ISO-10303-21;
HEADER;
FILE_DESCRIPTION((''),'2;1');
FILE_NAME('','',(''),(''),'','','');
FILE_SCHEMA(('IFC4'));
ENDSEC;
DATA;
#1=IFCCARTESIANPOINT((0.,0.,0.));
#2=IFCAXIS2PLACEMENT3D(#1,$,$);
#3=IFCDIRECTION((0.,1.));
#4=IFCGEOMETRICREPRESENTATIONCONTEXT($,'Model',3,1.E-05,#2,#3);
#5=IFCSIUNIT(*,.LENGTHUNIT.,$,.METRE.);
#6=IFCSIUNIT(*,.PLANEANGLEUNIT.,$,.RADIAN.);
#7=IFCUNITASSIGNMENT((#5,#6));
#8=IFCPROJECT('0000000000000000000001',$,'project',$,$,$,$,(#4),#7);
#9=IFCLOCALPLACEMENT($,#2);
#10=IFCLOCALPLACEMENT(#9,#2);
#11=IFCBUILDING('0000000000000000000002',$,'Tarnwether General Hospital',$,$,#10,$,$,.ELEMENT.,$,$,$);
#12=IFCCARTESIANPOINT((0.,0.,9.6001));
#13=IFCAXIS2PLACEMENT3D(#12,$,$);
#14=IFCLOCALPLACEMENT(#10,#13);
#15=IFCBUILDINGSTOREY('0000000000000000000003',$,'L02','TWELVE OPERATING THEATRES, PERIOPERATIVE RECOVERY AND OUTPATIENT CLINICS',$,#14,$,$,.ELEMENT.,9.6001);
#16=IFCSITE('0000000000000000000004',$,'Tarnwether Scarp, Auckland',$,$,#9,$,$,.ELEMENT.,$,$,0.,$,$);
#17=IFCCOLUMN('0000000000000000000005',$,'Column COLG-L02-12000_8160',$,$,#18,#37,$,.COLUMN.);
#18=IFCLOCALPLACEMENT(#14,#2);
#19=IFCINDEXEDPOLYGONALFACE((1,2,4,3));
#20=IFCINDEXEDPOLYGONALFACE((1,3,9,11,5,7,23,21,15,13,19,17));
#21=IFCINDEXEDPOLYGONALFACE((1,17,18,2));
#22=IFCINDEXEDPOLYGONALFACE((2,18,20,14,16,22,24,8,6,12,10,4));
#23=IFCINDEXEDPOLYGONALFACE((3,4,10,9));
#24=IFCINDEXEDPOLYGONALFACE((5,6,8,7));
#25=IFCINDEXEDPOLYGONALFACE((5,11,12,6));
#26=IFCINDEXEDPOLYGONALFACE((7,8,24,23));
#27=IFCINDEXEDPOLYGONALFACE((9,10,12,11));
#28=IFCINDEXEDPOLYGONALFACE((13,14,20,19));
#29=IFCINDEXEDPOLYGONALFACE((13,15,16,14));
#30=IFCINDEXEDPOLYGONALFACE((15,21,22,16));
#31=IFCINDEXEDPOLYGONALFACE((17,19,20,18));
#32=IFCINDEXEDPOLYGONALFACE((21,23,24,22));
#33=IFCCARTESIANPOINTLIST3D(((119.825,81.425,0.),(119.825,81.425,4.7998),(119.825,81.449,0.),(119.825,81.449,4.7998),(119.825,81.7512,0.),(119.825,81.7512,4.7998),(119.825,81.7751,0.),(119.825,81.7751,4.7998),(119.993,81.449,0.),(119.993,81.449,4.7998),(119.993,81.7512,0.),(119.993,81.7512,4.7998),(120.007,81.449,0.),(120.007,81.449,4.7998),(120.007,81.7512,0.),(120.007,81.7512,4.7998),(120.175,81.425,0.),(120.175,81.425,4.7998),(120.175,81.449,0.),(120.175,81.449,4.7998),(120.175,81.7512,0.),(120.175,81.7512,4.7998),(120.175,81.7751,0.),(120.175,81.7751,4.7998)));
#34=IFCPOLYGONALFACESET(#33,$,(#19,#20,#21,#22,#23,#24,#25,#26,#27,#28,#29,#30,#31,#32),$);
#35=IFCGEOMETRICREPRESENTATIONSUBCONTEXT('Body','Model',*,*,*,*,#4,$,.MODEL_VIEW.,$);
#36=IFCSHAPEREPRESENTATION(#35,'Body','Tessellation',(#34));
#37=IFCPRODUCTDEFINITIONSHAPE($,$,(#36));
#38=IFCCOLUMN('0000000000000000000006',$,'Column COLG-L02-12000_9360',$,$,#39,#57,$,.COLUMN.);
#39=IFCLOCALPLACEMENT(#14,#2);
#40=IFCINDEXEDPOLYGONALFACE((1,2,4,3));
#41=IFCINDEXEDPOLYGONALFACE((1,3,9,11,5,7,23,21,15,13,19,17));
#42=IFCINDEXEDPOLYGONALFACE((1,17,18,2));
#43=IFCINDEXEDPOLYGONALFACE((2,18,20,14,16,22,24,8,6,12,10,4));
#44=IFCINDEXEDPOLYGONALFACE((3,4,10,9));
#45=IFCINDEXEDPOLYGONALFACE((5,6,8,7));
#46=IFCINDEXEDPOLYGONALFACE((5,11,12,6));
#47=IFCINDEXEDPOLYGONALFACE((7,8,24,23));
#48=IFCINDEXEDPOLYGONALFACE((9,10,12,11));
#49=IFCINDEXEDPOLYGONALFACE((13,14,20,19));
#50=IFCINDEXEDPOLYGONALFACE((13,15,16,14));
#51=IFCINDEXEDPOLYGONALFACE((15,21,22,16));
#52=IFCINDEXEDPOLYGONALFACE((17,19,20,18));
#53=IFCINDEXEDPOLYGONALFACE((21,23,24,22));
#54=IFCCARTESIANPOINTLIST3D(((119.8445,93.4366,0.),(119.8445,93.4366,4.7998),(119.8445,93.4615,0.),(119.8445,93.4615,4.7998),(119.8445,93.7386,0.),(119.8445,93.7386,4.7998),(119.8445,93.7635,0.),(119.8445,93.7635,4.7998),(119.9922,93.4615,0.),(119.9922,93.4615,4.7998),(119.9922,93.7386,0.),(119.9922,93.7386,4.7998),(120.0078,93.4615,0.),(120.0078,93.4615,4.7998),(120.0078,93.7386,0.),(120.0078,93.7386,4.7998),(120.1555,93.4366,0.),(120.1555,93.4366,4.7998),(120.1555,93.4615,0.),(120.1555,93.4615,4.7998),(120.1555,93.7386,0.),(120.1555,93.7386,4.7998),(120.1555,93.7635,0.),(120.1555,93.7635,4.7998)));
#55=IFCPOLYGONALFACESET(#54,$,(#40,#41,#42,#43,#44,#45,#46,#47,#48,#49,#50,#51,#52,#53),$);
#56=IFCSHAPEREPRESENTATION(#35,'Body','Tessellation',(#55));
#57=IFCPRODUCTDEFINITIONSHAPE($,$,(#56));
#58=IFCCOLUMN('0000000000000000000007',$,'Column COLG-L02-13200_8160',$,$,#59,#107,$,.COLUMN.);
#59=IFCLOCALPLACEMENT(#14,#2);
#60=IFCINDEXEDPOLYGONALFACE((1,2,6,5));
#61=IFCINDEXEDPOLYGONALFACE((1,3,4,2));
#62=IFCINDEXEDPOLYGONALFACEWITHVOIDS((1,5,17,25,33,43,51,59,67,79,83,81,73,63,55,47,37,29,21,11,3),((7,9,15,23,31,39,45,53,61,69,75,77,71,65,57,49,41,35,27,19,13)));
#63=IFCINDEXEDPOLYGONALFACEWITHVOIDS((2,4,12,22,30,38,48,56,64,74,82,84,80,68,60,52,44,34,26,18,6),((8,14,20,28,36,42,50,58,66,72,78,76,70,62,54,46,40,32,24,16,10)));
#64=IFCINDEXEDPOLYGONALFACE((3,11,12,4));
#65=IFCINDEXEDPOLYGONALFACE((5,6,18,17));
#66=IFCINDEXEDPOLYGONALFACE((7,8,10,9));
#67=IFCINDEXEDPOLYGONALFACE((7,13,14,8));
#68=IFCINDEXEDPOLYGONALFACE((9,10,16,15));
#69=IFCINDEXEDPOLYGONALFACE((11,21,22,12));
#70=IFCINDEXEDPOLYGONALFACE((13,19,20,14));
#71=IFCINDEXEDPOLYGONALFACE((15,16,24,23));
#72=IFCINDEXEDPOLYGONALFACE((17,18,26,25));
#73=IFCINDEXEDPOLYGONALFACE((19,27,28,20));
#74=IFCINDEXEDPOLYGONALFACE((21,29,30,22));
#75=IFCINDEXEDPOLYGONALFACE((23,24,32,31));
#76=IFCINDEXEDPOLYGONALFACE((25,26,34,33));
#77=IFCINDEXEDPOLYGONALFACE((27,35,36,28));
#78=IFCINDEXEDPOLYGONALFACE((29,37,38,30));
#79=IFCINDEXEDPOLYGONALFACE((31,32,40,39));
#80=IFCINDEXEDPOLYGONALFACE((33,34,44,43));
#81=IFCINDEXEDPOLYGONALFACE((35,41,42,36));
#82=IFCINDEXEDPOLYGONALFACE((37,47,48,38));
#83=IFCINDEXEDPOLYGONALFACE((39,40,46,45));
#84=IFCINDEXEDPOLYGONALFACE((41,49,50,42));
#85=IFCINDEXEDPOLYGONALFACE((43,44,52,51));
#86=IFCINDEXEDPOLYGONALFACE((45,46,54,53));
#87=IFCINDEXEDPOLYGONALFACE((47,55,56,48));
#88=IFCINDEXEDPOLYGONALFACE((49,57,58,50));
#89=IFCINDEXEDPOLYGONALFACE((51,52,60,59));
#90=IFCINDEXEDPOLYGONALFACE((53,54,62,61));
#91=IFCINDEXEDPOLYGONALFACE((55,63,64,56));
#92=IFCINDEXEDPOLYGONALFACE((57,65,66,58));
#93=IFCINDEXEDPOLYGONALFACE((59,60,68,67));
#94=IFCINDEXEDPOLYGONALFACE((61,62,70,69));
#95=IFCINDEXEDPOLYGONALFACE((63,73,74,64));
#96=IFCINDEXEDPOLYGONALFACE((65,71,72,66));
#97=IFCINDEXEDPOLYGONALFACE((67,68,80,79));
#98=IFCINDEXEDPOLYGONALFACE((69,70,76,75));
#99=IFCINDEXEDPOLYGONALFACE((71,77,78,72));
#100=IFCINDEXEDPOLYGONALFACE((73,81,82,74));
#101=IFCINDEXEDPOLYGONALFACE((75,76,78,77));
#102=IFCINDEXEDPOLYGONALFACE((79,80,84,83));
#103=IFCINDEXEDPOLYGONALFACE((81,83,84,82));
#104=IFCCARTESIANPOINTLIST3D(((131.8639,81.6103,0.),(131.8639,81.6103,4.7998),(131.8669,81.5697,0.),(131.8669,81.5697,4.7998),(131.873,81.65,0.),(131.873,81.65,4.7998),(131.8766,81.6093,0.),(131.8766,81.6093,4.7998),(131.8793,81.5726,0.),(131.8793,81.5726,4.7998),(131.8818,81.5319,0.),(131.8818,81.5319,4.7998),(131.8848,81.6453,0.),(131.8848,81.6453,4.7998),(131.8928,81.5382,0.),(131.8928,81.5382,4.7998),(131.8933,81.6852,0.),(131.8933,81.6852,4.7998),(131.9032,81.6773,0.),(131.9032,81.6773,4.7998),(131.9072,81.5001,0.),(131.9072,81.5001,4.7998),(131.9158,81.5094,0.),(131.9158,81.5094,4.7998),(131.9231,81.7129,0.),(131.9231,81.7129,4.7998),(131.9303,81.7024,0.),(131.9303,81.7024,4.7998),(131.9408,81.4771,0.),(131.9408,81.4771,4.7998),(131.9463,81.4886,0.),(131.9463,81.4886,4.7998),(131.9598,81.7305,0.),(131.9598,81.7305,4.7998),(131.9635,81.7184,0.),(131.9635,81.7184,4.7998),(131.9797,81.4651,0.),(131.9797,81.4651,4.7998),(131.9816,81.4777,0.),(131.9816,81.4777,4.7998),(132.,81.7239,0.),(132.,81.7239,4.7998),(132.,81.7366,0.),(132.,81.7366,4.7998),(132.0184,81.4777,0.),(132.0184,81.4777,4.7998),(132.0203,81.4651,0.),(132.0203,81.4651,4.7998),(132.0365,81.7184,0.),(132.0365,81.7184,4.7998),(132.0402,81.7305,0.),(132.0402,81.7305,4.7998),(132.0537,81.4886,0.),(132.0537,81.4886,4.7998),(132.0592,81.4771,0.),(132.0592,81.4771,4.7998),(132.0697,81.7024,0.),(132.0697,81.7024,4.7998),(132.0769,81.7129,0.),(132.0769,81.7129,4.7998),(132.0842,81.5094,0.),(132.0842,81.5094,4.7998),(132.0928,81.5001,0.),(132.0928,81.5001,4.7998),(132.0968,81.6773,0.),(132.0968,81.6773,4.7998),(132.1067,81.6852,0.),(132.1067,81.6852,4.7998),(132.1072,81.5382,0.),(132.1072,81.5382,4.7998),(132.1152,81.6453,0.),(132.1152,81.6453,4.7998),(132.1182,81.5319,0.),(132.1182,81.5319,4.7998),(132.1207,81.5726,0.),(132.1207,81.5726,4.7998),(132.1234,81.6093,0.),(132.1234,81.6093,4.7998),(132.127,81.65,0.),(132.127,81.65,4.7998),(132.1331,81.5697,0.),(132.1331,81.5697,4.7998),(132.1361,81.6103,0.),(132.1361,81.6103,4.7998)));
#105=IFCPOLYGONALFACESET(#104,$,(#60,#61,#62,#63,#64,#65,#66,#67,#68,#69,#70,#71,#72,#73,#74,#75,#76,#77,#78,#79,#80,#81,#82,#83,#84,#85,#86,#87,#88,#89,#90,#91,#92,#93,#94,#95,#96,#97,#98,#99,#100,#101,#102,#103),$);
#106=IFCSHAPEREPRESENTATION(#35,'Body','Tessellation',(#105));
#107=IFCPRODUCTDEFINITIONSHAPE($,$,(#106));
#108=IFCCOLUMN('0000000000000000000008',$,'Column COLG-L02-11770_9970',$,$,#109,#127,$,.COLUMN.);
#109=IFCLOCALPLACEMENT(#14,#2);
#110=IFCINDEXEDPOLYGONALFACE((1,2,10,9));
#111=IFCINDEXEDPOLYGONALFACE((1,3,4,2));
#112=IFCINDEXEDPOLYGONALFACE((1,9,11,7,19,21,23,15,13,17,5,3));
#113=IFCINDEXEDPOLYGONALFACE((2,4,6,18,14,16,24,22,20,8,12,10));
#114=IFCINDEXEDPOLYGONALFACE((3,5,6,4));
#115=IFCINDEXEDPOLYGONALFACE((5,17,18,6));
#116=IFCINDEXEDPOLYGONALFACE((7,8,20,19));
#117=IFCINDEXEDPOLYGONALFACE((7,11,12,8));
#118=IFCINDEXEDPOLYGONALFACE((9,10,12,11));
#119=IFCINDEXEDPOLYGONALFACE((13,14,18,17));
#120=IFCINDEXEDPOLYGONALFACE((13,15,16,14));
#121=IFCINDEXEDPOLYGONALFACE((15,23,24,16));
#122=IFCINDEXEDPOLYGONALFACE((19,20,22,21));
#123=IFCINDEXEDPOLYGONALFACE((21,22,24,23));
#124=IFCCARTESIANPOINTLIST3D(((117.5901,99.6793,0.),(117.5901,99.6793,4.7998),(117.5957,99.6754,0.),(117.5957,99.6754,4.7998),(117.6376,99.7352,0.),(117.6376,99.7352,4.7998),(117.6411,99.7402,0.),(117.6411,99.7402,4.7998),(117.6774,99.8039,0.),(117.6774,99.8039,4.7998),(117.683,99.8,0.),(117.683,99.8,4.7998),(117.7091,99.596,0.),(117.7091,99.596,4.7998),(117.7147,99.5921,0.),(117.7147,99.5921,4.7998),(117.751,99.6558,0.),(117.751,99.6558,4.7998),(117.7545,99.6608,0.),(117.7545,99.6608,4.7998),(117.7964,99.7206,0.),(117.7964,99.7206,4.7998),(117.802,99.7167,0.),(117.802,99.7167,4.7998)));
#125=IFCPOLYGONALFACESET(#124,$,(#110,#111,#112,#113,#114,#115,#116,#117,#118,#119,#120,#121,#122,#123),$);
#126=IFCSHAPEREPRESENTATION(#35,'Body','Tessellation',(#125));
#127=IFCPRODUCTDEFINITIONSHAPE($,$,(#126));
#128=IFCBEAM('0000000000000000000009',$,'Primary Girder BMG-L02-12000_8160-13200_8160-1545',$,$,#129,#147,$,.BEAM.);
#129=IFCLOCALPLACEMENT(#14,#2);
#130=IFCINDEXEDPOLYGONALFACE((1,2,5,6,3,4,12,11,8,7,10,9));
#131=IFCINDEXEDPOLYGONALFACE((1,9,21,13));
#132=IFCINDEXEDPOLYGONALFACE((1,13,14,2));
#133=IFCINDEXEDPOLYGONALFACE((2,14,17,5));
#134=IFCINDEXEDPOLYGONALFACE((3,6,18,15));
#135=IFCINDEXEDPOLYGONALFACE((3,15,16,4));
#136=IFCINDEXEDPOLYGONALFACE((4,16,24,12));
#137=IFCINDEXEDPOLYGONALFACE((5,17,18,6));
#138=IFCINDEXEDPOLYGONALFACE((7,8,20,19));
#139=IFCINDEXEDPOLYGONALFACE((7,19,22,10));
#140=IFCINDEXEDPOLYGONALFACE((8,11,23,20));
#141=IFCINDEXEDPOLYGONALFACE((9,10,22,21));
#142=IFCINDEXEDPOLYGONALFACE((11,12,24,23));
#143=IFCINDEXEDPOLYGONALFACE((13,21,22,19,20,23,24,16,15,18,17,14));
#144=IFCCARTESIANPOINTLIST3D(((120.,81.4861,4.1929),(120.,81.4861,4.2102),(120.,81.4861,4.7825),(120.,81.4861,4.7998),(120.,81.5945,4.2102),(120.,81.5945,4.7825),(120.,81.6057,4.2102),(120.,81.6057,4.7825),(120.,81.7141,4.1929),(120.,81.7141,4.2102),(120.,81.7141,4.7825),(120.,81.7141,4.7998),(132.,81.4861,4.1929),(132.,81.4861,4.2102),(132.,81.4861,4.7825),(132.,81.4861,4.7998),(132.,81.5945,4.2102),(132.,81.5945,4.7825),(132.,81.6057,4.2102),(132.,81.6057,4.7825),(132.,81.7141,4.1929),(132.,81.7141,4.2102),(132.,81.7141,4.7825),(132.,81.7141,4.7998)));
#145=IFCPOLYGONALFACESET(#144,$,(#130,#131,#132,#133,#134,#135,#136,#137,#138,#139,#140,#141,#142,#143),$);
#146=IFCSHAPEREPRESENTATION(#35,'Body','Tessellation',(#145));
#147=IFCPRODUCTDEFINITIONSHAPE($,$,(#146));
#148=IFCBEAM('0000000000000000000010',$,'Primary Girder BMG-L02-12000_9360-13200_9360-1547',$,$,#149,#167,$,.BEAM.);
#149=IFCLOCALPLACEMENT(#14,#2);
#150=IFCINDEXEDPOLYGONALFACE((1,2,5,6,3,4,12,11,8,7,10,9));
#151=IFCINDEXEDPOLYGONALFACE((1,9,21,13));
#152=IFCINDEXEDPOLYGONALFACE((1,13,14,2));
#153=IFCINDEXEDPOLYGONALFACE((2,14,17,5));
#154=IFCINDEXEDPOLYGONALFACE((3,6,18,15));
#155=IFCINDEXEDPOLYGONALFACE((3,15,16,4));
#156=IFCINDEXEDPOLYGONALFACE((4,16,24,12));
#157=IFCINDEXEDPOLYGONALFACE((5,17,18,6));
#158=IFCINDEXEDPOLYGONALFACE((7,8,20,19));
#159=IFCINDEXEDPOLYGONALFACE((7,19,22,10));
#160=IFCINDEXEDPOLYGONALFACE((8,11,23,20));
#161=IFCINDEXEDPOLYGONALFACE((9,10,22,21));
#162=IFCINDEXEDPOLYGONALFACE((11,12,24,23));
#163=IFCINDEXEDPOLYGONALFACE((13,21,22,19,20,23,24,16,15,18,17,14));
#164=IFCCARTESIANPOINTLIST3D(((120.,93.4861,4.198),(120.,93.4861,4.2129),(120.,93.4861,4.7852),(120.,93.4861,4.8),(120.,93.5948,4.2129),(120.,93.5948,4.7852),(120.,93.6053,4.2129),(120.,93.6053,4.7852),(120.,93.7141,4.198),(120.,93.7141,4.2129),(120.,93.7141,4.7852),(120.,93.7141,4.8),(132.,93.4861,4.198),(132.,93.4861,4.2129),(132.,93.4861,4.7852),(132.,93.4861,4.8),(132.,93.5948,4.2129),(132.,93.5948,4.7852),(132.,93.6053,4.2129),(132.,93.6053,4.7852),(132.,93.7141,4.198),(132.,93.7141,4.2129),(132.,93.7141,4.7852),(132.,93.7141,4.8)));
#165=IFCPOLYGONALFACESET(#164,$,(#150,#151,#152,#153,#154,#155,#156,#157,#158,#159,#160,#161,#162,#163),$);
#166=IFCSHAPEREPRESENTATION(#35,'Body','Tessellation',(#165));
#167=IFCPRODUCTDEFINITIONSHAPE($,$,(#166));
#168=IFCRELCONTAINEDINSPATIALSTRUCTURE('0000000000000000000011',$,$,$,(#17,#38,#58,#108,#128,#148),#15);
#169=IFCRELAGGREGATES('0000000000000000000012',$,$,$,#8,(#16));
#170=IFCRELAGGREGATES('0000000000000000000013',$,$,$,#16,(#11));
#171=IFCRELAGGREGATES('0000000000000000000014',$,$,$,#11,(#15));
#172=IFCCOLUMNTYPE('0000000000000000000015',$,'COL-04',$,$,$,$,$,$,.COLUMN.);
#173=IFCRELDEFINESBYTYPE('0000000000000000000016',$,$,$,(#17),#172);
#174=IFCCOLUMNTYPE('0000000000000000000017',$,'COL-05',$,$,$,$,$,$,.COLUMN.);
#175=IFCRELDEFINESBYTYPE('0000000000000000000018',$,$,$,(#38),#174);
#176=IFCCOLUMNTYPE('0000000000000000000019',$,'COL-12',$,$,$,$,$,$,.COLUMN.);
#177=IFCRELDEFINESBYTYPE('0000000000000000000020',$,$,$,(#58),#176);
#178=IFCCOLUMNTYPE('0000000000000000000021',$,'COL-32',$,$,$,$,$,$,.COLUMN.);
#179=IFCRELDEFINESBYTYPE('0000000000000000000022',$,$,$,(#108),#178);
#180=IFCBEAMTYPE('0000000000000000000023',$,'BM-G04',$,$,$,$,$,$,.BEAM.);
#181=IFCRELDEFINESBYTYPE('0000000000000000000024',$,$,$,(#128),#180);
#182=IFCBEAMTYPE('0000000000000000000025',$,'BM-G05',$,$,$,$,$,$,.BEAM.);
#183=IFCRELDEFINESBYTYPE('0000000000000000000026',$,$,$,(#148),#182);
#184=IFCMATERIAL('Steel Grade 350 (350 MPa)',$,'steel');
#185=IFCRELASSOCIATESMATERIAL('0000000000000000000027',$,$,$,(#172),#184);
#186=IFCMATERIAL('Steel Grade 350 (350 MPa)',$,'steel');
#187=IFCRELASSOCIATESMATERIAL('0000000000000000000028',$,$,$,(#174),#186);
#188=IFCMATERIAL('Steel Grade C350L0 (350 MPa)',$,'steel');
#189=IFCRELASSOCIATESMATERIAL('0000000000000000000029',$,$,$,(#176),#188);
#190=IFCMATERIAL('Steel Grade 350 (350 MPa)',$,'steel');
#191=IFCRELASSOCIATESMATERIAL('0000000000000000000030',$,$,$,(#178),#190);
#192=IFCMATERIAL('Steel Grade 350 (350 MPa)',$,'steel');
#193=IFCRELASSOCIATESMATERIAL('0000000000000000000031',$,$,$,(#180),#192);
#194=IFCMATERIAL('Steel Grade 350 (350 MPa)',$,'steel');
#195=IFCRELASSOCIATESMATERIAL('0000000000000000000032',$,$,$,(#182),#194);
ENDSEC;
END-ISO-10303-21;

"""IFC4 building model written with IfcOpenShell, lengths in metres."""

from ifc_helpers import new_model, si_unit, direction, frame, origin, origin_2d, place, context, subcontext, project, spatial, hollow_circle, i_section, extrude, material, material_profile, profile_set, type_object, element, save


model = new_model("IFC4")

# Units and contexts
model_context = context("Model", 3, precision=1e-05, world=origin(), true_north=direction((0.0, 1.0)))
body_context = subcontext(model_context, "Body", "Model", "MODEL_VIEW")
ifc_project = project(units=[si_unit("LENGTHUNIT", "METRE"), si_unit("PLANEANGLEUNIT", "RADIAN")], contexts=[model_context])

# Site, building, storey
site_placement = place(None, origin())
site = spatial("IfcSite", under=ifc_project, at=site_placement, Name="Tarnwether Scarp, Auckland", CompositionType="ELEMENT", RefElevation=0.0)
building_placement = place(site_placement, origin())
building = spatial("IfcBuilding", under=site, at=building_placement, Name="Tarnwether General Hospital", CompositionType="ELEMENT")
storey_placement = place(building_placement, frame((0.0, 0.0, 9.6001)))
storey = spatial("IfcBuildingStorey", under=building, at=storey_placement, Name="L02", Description="TWELVE OPERATING THEATRES, PERIOPERATIVE RECOVERY AND OUTPATIENT CLINICS", CompositionType="ELEMENT", Elevation=9.6001)

# Columns
ifc_material_1 = material(Name="Steel Grade 350 (350 MPa)", Category="steel")
ifc_material_profile_1 = material_profile(ifc_material_1, i_section(OverallWidth=0.3501, OverallDepth=0.3501, WebThickness=0.0139, FlangeThickness=0.0239, at=origin_2d()), Name="350WC197")
ifc_profile_set_1 = profile_set([ifc_material_profile_1], Name="Steel Grade 350 (350 MPa)")
column_type_1 = type_object("IfcColumnType", Name="COL-04", PredefinedType="COLUMN", material=ifc_profile_set_1)
column_1_placement = place(storey_placement, frame((120.0, 81.6001, 0.0), z_axis=(0.0, 0.0, 1.0), x_axis=(1.0, 0.0, 0.0)))
element("IfcColumn", 1, at=column_1_placement, inside=storey, type_object=column_type_1, Name="Column COLG-L02-12000_8160", PredefinedType="COLUMN", context=body_context, shape_type="SweptSolid", body=[
    extrude(i_section(OverallWidth=0.3501, OverallDepth=0.3501, WebThickness=0.0139, FlangeThickness=0.0239, at=origin_2d()), origin(), (0.0, 0.0, 1.0), 4.7998),
])
ifc_material_2 = material(Name="Steel Grade 350 (350 MPa)", Category="steel")
ifc_material_profile_2 = material_profile(ifc_material_2, i_section(OverallWidth=0.311, OverallDepth=0.3269, WebThickness=0.0156, FlangeThickness=0.0249, at=origin_2d()), Name="310UC158")
ifc_profile_set_2 = profile_set([ifc_material_profile_2], Name="Steel Grade 350 (350 MPa)")
column_type_2 = type_object("IfcColumnType", Name="COL-05", PredefinedType="COLUMN", material=ifc_profile_set_2)
column_2_placement = place(storey_placement, frame((120.0, 93.6001, 0.0), z_axis=(0.0, 0.0, 1.0), x_axis=(1.0, 0.0, 0.0)))
element("IfcColumn", 2, at=column_2_placement, inside=storey, type_object=column_type_2, Name="Column COLG-L02-12000_9360", PredefinedType="COLUMN", context=body_context, shape_type="SweptSolid", body=[
    extrude(i_section(OverallWidth=0.311, OverallDepth=0.3269, WebThickness=0.0156, FlangeThickness=0.0249, at=origin_2d()), origin(), (0.0, 0.0, 1.0), 4.7998),
])
ifc_material_3 = material(Name="Steel Grade C350L0 (350 MPa)", Category="steel")
ifc_material_profile_3 = material_profile(ifc_material_3, hollow_circle(Radius=0.1365, WallThickness=0.0127, at=origin_2d()), Name="CHS273.1x12.7")
ifc_profile_set_3 = profile_set([ifc_material_profile_3], Name="Steel Grade C350L0 (350 MPa)")
column_type_3 = type_object("IfcColumnType", Name="COL-12", PredefinedType="COLUMN", material=ifc_profile_set_3)
column_3_placement = place(storey_placement, frame((132.0, 81.6001, 0.0), z_axis=(0.0, 0.0, 1.0), x_axis=(0.0, 1.0, 0.0)))
element("IfcColumn", 3, at=column_3_placement, inside=storey, type_object=column_type_3, Name="Column COLG-L02-13200_8160", PredefinedType="COLUMN", context=body_context, shape_type="SweptSolid", body=[
    extrude(hollow_circle(Radius=0.1365, WallThickness=0.0127, at=origin_2d()), origin(), (0.0, 0.0, 1.0), 4.7998),
])
ifc_material_4 = material(Name="Steel Grade 350 (350 MPa)", Category="steel")
ifc_material_profile_4 = material_profile(ifc_material_4, i_section(OverallWidth=0.1521, OverallDepth=0.1521, WebThickness=0.0061, FlangeThickness=0.0068, at=origin_2d()), Name="150UC23.4")
ifc_profile_set_4 = profile_set([ifc_material_profile_4], Name="Steel Grade 350 (350 MPa)")
column_type_4 = type_object("IfcColumnType", Name="COL-32", PredefinedType="COLUMN", material=ifc_profile_set_4)
column_4_placement = place(storey_placement, frame((117.696, 99.698, 0.0), z_axis=(0.0, 0.0, 1.0), x_axis=(0.573576, 0.819152, 0.0)))
element("IfcColumn", 4, at=column_4_placement, inside=storey, type_object=column_type_4, Name="Column COLG-L02-11770_9970", PredefinedType="COLUMN", context=body_context, shape_type="SweptSolid", body=[
    extrude(i_section(OverallWidth=0.1521, OverallDepth=0.1521, WebThickness=0.0061, FlangeThickness=0.0068, at=origin_2d()), origin(), (0.0, 0.0, 1.0), 4.7998),
])

# Beams
ifc_material_5 = material(Name="Steel Grade 350 (350 MPa)", Category="steel")
ifc_material_profile_5 = material_profile(ifc_material_5, i_section(OverallWidth=0.228, OverallDepth=0.6069, WebThickness=0.0112, FlangeThickness=0.0173, at=origin_2d()), Name="610UB113")
ifc_profile_set_5 = profile_set([ifc_material_profile_5], Name="Steel Grade 350 (350 MPa)")
beam_type_1 = type_object("IfcBeamType", Name="BM-G04", PredefinedType="BEAM", material=ifc_profile_set_5)
beam_1_placement = place(storey_placement, frame((120.0, 81.6001, 4.4963), z_axis=(1.0, 0.0, 0.0), x_axis=(0.0, 1.0, 0.0)))
element("IfcBeam", 5, at=beam_1_placement, inside=storey, type_object=beam_type_1, Name="Primary Girder BMG-L02-12000_8160-13200_8160-1545", PredefinedType="BEAM", context=body_context, shape_type="SweptSolid", body=[
    extrude(i_section(OverallWidth=0.228, OverallDepth=0.6069, WebThickness=0.0112, FlangeThickness=0.0173, at=origin_2d()), origin(), (0.0, 0.0, 1.0), 12.0),
])
ifc_material_6 = material(Name="Steel Grade 350 (350 MPa)", Category="steel")
ifc_material_profile_6 = material_profile(ifc_material_6, i_section(OverallWidth=0.228, OverallDepth=0.6021, WebThickness=0.0105, FlangeThickness=0.0149, at=origin_2d()), Name="610UB101")
ifc_profile_set_6 = profile_set([ifc_material_profile_6], Name="Steel Grade 350 (350 MPa)")
beam_type_2 = type_object("IfcBeamType", Name="BM-G05", PredefinedType="BEAM", material=ifc_profile_set_6)
for number, where, z_axis, x_axis, name in (
    (6, (120.0, 93.6001, 4.499), (1.0, 0.0, 0.0), (0.0, 1.0, 0.0), "Primary Girder BMG-L02-12000_9360-13200_9360-1547"),
):
    element("IfcBeam", number, at=place(storey_placement, frame(where, z_axis=z_axis, x_axis=x_axis)), inside=storey, type_object=beam_type_2, Name=name, PredefinedType="BEAM", context=body_context, shape_type="SweptSolid", body=[
        extrude(i_section(OverallWidth=0.228, OverallDepth=0.6021, WebThickness=0.0105, FlangeThickness=0.0149, at=origin_2d()), origin(), (0.0, 0.0, 1.0), 12.0),
    ])

save(model, "model.ifc")
